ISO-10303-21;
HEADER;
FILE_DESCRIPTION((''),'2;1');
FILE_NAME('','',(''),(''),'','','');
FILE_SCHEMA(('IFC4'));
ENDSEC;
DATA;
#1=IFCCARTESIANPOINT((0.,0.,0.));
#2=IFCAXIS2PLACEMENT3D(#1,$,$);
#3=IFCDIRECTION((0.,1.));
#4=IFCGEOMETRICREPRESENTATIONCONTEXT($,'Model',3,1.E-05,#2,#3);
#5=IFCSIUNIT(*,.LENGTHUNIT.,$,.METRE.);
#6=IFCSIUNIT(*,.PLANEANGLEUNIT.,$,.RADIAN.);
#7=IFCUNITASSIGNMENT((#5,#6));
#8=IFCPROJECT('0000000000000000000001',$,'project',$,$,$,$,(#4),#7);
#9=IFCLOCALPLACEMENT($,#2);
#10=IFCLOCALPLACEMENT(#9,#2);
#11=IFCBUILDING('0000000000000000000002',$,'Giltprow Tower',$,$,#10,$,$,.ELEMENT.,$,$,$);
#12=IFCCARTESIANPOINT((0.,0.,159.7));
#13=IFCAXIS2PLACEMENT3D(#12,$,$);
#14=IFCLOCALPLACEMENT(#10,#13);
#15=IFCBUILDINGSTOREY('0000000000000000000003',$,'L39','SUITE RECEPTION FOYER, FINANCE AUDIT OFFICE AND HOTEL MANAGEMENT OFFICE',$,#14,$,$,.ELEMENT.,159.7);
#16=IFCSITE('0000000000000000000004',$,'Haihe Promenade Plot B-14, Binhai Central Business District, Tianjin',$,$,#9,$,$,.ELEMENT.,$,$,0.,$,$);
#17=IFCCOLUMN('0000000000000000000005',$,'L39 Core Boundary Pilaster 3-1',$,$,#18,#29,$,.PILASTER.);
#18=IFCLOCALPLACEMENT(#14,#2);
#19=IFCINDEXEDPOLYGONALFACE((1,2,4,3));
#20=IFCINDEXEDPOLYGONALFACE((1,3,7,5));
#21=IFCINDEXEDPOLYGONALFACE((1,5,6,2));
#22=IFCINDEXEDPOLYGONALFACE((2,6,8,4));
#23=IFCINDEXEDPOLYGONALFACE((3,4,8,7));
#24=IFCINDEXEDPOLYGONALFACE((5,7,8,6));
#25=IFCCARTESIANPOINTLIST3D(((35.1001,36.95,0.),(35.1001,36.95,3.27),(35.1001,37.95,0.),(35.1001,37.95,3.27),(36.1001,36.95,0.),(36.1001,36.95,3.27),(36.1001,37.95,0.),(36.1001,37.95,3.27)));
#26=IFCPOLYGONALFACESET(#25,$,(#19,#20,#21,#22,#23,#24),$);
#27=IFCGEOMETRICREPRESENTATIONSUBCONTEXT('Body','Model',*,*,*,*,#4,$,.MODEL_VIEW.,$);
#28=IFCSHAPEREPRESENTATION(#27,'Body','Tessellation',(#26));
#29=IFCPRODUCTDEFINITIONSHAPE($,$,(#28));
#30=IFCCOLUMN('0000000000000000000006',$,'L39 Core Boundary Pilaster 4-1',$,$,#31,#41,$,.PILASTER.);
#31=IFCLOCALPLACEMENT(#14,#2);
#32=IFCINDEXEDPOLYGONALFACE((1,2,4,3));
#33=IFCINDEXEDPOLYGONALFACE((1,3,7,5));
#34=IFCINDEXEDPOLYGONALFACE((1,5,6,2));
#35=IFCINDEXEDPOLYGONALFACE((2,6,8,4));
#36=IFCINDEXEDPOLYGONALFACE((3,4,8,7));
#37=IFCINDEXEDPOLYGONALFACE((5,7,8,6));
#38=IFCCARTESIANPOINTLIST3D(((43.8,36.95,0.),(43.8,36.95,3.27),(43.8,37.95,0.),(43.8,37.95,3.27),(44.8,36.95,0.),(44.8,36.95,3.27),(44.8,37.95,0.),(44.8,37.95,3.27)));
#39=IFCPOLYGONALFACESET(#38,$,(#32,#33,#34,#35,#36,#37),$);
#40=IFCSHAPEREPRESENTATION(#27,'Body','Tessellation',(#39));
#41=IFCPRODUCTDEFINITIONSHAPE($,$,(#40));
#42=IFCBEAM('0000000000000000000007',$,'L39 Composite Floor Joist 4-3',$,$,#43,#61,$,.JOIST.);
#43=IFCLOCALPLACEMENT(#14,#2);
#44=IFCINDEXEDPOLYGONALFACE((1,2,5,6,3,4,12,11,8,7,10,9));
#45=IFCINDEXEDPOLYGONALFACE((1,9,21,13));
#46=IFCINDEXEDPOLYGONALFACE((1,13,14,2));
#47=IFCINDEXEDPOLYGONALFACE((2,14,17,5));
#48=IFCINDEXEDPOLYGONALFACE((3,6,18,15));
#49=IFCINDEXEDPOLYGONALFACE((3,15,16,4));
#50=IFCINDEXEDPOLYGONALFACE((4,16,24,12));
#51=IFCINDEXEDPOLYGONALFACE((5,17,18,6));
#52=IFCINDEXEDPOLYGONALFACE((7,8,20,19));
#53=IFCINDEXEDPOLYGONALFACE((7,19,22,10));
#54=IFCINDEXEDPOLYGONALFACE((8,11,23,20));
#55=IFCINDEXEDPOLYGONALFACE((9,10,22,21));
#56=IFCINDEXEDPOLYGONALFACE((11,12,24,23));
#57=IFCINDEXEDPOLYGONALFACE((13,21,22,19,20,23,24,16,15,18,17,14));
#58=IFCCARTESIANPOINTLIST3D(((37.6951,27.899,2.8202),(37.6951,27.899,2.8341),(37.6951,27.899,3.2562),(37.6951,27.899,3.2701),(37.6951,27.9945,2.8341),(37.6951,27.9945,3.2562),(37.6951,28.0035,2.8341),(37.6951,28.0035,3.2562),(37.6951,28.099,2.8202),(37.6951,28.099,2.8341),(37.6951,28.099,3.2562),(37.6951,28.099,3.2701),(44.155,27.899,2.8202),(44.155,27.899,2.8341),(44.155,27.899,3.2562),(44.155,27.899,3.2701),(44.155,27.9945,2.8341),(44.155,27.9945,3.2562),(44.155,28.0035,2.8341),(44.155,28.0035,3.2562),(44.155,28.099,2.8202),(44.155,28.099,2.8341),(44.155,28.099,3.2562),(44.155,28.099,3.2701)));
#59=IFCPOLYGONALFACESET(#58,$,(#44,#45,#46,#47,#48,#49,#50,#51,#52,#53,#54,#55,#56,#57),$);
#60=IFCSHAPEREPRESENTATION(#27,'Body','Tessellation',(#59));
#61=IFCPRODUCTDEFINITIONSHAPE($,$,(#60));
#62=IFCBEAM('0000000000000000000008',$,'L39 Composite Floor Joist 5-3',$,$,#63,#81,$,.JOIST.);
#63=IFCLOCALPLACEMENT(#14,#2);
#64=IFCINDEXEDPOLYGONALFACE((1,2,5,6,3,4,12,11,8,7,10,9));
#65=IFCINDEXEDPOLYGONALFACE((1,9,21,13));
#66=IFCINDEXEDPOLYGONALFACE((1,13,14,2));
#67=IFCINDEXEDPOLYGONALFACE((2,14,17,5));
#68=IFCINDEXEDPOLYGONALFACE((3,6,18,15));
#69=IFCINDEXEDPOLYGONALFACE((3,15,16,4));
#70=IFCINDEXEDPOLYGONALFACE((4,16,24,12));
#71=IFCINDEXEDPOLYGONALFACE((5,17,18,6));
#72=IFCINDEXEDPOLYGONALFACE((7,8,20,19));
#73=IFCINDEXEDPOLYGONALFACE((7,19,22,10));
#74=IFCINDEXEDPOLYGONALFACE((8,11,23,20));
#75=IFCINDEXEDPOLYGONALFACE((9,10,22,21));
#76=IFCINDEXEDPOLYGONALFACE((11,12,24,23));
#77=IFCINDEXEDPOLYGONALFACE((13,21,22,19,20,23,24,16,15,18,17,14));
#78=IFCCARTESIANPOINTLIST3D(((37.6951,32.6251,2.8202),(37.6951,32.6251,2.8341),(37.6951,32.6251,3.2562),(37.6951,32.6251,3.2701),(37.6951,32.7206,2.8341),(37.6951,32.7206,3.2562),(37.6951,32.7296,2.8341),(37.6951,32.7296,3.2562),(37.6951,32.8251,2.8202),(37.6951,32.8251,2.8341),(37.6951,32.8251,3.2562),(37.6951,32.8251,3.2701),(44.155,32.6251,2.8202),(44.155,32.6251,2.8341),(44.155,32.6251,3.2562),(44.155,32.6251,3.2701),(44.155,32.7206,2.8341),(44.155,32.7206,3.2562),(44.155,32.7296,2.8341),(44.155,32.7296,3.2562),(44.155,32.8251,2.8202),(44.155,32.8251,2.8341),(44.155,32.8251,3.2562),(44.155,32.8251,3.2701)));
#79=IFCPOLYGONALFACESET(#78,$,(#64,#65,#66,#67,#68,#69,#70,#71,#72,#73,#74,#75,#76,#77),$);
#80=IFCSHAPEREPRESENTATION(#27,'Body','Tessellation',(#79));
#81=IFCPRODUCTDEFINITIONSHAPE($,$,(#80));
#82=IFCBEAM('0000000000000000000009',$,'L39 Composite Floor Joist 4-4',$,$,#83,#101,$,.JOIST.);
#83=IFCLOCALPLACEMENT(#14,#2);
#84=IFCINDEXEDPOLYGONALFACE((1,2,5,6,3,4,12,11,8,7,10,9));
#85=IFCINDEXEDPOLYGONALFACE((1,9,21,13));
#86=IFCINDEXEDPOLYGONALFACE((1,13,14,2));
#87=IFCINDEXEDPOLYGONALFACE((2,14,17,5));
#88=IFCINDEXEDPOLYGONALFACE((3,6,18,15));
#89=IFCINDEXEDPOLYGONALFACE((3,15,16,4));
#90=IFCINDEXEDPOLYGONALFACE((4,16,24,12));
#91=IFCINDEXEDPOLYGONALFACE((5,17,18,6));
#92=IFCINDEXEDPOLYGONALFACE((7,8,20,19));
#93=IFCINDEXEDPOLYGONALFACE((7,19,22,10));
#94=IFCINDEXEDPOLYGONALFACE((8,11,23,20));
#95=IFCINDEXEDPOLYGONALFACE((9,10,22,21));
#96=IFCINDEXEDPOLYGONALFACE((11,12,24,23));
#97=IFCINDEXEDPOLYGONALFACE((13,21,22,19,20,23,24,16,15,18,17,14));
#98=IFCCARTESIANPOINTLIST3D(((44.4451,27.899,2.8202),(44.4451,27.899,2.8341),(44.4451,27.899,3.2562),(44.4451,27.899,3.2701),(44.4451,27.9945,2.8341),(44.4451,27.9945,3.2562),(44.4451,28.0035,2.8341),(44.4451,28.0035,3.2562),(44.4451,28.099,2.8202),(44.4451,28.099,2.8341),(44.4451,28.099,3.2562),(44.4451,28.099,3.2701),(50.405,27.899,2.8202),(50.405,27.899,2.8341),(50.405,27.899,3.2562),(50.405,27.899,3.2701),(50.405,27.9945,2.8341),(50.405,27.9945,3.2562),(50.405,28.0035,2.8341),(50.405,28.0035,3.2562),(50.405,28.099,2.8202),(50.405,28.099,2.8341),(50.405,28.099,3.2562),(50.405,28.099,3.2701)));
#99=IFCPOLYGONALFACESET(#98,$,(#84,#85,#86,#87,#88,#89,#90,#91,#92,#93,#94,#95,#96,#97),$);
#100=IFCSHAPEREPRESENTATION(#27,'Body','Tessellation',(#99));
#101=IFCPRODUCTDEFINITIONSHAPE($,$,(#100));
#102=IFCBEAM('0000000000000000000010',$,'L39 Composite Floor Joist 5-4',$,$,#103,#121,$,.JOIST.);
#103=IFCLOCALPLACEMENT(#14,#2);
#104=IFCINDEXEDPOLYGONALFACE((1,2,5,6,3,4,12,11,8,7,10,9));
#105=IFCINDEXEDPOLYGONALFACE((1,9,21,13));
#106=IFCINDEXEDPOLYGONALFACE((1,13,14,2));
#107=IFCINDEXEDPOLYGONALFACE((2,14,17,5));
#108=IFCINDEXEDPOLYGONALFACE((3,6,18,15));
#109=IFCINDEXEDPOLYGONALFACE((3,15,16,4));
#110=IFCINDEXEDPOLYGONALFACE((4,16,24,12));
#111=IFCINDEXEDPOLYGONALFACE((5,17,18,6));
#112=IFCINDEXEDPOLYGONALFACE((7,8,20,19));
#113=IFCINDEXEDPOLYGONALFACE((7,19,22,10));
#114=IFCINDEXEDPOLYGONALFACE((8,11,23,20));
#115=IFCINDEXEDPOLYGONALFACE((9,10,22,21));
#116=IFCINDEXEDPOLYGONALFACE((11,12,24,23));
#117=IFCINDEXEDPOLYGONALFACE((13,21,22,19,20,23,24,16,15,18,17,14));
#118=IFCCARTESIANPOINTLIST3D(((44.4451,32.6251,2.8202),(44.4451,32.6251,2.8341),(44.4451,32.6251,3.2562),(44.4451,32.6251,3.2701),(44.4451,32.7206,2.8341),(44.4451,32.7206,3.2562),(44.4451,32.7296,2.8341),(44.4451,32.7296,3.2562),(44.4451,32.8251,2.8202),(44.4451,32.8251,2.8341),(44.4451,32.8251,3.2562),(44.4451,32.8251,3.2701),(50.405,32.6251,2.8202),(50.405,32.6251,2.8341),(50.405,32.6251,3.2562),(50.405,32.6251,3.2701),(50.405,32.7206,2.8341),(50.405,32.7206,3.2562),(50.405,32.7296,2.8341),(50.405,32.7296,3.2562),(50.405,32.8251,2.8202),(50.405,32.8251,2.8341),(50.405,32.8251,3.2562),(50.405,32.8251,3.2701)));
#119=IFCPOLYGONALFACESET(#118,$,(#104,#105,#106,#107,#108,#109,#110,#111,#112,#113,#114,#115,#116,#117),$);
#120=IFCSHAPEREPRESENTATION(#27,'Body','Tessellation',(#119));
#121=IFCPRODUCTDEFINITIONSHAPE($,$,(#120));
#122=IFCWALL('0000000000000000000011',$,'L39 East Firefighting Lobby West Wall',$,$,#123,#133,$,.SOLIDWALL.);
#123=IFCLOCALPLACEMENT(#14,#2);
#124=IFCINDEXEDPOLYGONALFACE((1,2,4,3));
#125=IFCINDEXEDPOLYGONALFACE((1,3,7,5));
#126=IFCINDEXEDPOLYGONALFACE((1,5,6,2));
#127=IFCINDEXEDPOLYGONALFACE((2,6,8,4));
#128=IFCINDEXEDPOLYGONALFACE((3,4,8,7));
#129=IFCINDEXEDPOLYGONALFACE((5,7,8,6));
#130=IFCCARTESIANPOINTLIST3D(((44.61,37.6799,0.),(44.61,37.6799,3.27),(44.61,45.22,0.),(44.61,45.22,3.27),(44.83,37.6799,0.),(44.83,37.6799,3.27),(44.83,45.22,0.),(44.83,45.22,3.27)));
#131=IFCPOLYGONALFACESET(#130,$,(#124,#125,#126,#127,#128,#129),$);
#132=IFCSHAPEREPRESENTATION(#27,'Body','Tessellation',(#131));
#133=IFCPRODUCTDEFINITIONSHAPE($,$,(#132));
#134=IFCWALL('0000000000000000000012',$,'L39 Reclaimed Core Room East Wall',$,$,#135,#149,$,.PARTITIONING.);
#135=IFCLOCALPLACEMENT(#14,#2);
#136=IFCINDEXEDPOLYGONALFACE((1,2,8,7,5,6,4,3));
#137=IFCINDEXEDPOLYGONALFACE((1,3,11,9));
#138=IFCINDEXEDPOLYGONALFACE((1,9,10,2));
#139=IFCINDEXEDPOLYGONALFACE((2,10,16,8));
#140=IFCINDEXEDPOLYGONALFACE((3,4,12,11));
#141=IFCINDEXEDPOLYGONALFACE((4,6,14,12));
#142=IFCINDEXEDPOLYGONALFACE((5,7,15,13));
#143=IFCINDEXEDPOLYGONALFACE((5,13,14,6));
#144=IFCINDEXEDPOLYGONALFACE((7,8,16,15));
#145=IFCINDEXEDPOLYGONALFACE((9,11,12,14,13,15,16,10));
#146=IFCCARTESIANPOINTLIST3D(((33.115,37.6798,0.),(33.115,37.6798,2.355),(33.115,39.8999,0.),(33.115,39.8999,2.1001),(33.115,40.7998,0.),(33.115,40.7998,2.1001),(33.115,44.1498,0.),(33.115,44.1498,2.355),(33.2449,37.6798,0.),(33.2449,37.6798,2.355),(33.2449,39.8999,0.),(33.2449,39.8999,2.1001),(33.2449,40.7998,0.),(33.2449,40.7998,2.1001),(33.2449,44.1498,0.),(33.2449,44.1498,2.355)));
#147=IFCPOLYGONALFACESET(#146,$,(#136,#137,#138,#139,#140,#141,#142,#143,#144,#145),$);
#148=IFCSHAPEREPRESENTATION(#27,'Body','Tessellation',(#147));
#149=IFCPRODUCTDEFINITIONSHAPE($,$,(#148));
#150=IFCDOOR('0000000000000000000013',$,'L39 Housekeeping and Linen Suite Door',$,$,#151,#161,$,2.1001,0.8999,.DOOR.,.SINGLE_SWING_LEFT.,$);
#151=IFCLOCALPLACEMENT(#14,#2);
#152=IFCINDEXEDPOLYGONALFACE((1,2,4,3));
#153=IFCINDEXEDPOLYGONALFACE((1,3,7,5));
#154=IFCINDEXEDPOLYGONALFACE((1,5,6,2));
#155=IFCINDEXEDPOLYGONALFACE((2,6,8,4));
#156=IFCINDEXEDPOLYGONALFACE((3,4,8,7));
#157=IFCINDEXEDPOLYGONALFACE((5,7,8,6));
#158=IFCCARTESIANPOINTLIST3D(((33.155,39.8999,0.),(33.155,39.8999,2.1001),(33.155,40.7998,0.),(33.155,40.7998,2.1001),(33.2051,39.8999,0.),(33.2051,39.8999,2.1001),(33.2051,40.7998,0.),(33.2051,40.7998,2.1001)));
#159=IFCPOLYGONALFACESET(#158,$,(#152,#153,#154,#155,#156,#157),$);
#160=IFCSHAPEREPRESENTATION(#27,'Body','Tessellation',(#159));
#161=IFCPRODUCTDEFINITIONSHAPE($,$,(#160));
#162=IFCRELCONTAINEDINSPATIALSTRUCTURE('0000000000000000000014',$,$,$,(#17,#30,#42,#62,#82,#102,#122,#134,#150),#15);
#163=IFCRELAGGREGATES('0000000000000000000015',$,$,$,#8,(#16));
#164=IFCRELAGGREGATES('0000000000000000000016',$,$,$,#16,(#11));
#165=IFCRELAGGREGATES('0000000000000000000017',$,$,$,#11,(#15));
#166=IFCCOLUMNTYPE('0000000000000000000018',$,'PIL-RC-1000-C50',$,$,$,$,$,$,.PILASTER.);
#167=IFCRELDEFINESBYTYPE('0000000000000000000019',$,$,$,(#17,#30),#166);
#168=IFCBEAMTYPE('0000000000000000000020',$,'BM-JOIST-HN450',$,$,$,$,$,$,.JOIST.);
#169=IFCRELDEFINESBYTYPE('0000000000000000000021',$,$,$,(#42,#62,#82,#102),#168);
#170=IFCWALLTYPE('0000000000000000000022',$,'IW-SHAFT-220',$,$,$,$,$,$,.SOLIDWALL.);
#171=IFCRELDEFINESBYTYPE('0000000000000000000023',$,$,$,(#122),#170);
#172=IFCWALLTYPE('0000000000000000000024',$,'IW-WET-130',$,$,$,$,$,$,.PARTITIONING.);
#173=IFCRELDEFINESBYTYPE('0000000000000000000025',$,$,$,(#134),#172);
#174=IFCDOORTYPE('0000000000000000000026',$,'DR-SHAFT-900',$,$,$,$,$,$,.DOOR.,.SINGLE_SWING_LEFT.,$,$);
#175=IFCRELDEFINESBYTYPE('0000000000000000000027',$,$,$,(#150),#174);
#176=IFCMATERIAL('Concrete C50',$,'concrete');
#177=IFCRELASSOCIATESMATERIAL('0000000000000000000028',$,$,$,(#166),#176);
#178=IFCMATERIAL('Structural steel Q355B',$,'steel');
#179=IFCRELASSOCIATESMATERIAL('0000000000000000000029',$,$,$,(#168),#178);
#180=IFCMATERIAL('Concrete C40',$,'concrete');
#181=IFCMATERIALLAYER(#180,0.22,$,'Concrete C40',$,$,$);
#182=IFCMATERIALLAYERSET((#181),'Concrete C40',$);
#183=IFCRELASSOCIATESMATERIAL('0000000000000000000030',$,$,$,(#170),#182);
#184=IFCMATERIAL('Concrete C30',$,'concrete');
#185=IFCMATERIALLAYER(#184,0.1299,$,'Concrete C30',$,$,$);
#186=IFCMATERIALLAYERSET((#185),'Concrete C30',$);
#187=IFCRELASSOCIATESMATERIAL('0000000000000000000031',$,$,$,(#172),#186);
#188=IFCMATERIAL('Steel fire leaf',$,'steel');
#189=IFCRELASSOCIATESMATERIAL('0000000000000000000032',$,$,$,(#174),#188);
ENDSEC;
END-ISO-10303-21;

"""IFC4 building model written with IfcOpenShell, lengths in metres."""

from ifc_helpers import new_model, si_unit, direction, frame, frame_2d, origin, origin_2d, place, context, subcontext, project, spatial, rectangle, i_section, extrude, source, transform, mapped, material, layer, layer_set, material_profile, profile_set, type_object, element, fill, save


model = new_model("IFC4")

# Units and contexts
model_context = context("Model", 3, precision=1e-05, world=origin(), true_north=direction((0.0, 1.0)))
body_context = subcontext(model_context, "Body", "Model", "MODEL_VIEW")
ifc_project = project(units=[si_unit("LENGTHUNIT", "METRE"), si_unit("PLANEANGLEUNIT", "RADIAN")], contexts=[model_context])

# Site, building, storey
site_placement = place(None, origin())
site = spatial("IfcSite", under=ifc_project, at=site_placement, Name="Haihe Promenade Plot B-14, Binhai Central Business District, Tianjin", CompositionType="ELEMENT", RefElevation=0.0)
building_placement = place(site_placement, origin())
building = spatial("IfcBuilding", under=site, at=building_placement, Name="Giltprow Tower", CompositionType="ELEMENT")
storey_placement = place(building_placement, frame((0.0, 0.0, 159.7)))
storey = spatial("IfcBuildingStorey", under=building, at=storey_placement, Name="L39", Description="SUITE RECEPTION FOYER, FINANCE AUDIT OFFICE AND HOTEL MANAGEMENT OFFICE", CompositionType="ELEMENT", Elevation=159.7)

# Columns
ifc_material_1 = material(Name="Concrete C50", Category="concrete")
ifc_material_profile_1 = material_profile(ifc_material_1, rectangle(XDim=1.0, YDim=1.0, at=origin_2d()), Name="RC 1000x1000")
ifc_profile_set_1 = profile_set([ifc_material_profile_1], Name="Concrete C50")
column_type = type_object("IfcColumnType", Name="PIL-RC-1000-C50", PredefinedType="PILASTER", material=ifc_profile_set_1)
shared_shape_1 = source(origin(), body_context, "Body", "SweptSolid", [
    extrude(rectangle(XDim=1.0, YDim=1.0, at=origin_2d()), origin(), (0.0, 0.0, 1.0), 3.27),
])
for number, where, z_axis, x_axis, name in (
    (1, (35.6001, 37.45, 0.0), (0.0, 0.0, 1.0), (1.0, 0.0, 0.0), "L39 Core Boundary Pilaster 3-1"),
    (2, (44.3, 37.45, 0.0), (0.0, 0.0, 1.0), (1.0, 0.0, 0.0), "L39 Core Boundary Pilaster 4-1"),
):
    element("IfcColumn", number, at=place(storey_placement, frame(where, z_axis=z_axis, x_axis=x_axis)), inside=storey, type_object=column_type, Name=name, PredefinedType="PILASTER", context=body_context, shape_type="MappedRepresentation", body=[
        mapped(shared_shape_1, transform((0.0, 0.0, 0.0), x_axis=(1.0, 0.0, 0.0), y_axis=(0.0, 1.0, 0.0), z_axis=(0.0, 0.0, 1.0), scale=1.0)),
    ])

# Beams
ifc_material_2 = material(Name="Structural steel Q355B", Category="steel")
ifc_material_profile_2 = material_profile(ifc_material_2, i_section(OverallWidth=0.2, OverallDepth=0.45, WebThickness=0.009, FlangeThickness=0.0139, at=origin_2d()), Name="HN 450x200x9x14")
ifc_profile_set_2 = profile_set([ifc_material_profile_2], Name="Structural steel Q355B")
beam_type = type_object("IfcBeamType", Name="BM-JOIST-HN450", PredefinedType="JOIST", material=ifc_profile_set_2)
shared_shape_2 = source(origin(), body_context, "Body", "SweptSolid", [
    extrude(i_section(OverallWidth=0.2, OverallDepth=0.45, WebThickness=0.009, FlangeThickness=0.0139, at=origin_2d()), origin(), (0.0, 0.0, 1.0), 6.46),
])
for number, where, z_axis, x_axis, name in (
    (3, (37.6951, 27.999, 3.0452), (1.0, 0.0, 0.0), (0.0, 1.0, 0.0), "L39 Composite Floor Joist 4-3"),
    (4, (37.6951, 32.7251, 3.0452), (1.0, 0.0, 0.0), (0.0, 1.0, 0.0), "L39 Composite Floor Joist 5-3"),
):
    element("IfcBeam", number, at=place(storey_placement, frame(where, z_axis=z_axis, x_axis=x_axis)), inside=storey, type_object=beam_type, Name=name, PredefinedType="JOIST", context=body_context, shape_type="MappedRepresentation", body=[
        mapped(shared_shape_2, transform((0.0, 0.0, 0.0), x_axis=(1.0, 0.0, 0.0), y_axis=(0.0, 1.0, 0.0), z_axis=(0.0, 0.0, 1.0), scale=1.0)),
    ])
shared_shape_3 = source(origin(), body_context, "Body", "SweptSolid", [
    extrude(i_section(OverallWidth=0.2, OverallDepth=0.45, WebThickness=0.009, FlangeThickness=0.0139, at=origin_2d()), origin(), (0.0, 0.0, 1.0), 5.96),
])
for number, where, z_axis, x_axis, name in (
    (5, (44.4451, 27.999, 3.0452), (1.0, 0.0, 0.0), (0.0, 1.0, 0.0), "L39 Composite Floor Joist 4-4"),
    (6, (44.4451, 32.7251, 3.0452), (1.0, 0.0, 0.0), (0.0, 1.0, 0.0), "L39 Composite Floor Joist 5-4"),
):
    element("IfcBeam", number, at=place(storey_placement, frame(where, z_axis=z_axis, x_axis=x_axis)), inside=storey, type_object=beam_type, Name=name, PredefinedType="JOIST", context=body_context, shape_type="MappedRepresentation", body=[
        mapped(shared_shape_3, transform((0.0, 0.0, 0.0), x_axis=(1.0, 0.0, 0.0), y_axis=(0.0, 1.0, 0.0), z_axis=(0.0, 0.0, 1.0), scale=1.0)),
    ])

# Wall
ifc_material_3 = material(Name="Concrete C40", Category="concrete")
ifc_layer_1 = layer(ifc_material_3, 0.22, Name="Concrete C40")
ifc_layer_set_1 = layer_set([ifc_layer_1], Name="Concrete C40")
wall_type_1 = type_object("IfcWallType", Name="IW-SHAFT-220", PredefinedType="SOLIDWALL", material=ifc_layer_set_1)
wall_1_placement = place(storey_placement, frame((44.72, 37.6799, 0.0), z_axis=(0.0, 0.0, 1.0), x_axis=(0.0, 1.0, 0.0)))
element("IfcWall", 7, at=wall_1_placement, inside=storey, type_object=wall_type_1, Name="L39 East Firefighting Lobby West Wall", PredefinedType="SOLIDWALL", context=body_context, shape_type="SweptSolid", body=[
    extrude(rectangle(XDim=7.54, YDim=0.22, at=frame_2d((3.77, 0.0))), origin(), (0.0, 0.0, 1.0), 3.27),
])

# Wall, opening, door
ifc_material_4 = material(Name="Concrete C30", Category="concrete")
ifc_layer_2 = layer(ifc_material_4, 0.1299, Name="Concrete C30")
ifc_layer_set_2 = layer_set([ifc_layer_2], Name="Concrete C30")
wall_type_2 = type_object("IfcWallType", Name="IW-WET-130", PredefinedType="PARTITIONING", material=ifc_layer_set_2)
wall_2_placement = place(storey_placement, frame((33.1799, 37.6799, 0.0), z_axis=(0.0, 0.0, 1.0), x_axis=(0.0, 1.0, 0.0)))
wall_2 = element("IfcWall", 8, at=wall_2_placement, inside=storey, type_object=wall_type_2, Name="L39 Reclaimed Core Room East Wall", PredefinedType="PARTITIONING", context=body_context, shape_type="SweptSolid", body=[
    extrude(rectangle(XDim=6.47, YDim=0.1299, at=frame_2d((3.2349, 0.0))), origin(), (0.0, 0.0, 1.0), 2.355),
])
opening_1_placement = place(wall_2_placement, frame((2.22, 0.0, 0.0)))
opening_1 = element("IfcOpeningElement", 9, at=opening_1_placement, cuts=wall_2, PredefinedType="OPENING", context=body_context, shape_type="SweptSolid", body=[
    extrude(rectangle(XDim=0.8999, YDim=2.1001, at=frame_2d((0.45, 1.05))), frame((0.0, 0.075, 0.0), z_axis=(0.0, -1.0, 0.0), x_axis=(1.0, 0.0, 0.0)), (0.0, 0.0, 1.0), 0.1499),
])
ifc_material_5 = material(Name="Steel fire leaf", Category="steel")
door_type_1 = type_object("IfcDoorType", Name="DR-SHAFT-900", OperationType="SINGLE_SWING_LEFT", PredefinedType="DOOR", material=ifc_material_5)
shared_shape_4 = source(origin(), body_context, "Body", "SweptSolid", [
    extrude(rectangle(XDim=0.8999, YDim=2.1001, at=frame_2d((0.45, 1.05))), frame((0.0, 0.0249, 0.0), z_axis=(0.0, -1.0, 0.0), x_axis=(1.0, 0.0, 0.0)), (0.0, 0.0, 1.0), 0.05),
])
door_1_placement = place(opening_1_placement, origin())
door_1 = element("IfcDoor", 10, at=door_1_placement, inside=storey, type_object=door_type_1, Name="L39 Housekeeping and Linen Suite Door", OperationType="SINGLE_SWING_LEFT", OverallHeight=2.1001, OverallWidth=0.8999, PredefinedType="DOOR", context=body_context, shape_type="MappedRepresentation", body=[
    mapped(shared_shape_4, transform((0.0, 0.0, 0.0), x_axis=(1.0, 0.0, 0.0), y_axis=(0.0, 1.0, 0.0), z_axis=(0.0, 0.0, 1.0), scale=1.0)),
])
fill(opening_1, door_1)

save(model, "model.ifc")
